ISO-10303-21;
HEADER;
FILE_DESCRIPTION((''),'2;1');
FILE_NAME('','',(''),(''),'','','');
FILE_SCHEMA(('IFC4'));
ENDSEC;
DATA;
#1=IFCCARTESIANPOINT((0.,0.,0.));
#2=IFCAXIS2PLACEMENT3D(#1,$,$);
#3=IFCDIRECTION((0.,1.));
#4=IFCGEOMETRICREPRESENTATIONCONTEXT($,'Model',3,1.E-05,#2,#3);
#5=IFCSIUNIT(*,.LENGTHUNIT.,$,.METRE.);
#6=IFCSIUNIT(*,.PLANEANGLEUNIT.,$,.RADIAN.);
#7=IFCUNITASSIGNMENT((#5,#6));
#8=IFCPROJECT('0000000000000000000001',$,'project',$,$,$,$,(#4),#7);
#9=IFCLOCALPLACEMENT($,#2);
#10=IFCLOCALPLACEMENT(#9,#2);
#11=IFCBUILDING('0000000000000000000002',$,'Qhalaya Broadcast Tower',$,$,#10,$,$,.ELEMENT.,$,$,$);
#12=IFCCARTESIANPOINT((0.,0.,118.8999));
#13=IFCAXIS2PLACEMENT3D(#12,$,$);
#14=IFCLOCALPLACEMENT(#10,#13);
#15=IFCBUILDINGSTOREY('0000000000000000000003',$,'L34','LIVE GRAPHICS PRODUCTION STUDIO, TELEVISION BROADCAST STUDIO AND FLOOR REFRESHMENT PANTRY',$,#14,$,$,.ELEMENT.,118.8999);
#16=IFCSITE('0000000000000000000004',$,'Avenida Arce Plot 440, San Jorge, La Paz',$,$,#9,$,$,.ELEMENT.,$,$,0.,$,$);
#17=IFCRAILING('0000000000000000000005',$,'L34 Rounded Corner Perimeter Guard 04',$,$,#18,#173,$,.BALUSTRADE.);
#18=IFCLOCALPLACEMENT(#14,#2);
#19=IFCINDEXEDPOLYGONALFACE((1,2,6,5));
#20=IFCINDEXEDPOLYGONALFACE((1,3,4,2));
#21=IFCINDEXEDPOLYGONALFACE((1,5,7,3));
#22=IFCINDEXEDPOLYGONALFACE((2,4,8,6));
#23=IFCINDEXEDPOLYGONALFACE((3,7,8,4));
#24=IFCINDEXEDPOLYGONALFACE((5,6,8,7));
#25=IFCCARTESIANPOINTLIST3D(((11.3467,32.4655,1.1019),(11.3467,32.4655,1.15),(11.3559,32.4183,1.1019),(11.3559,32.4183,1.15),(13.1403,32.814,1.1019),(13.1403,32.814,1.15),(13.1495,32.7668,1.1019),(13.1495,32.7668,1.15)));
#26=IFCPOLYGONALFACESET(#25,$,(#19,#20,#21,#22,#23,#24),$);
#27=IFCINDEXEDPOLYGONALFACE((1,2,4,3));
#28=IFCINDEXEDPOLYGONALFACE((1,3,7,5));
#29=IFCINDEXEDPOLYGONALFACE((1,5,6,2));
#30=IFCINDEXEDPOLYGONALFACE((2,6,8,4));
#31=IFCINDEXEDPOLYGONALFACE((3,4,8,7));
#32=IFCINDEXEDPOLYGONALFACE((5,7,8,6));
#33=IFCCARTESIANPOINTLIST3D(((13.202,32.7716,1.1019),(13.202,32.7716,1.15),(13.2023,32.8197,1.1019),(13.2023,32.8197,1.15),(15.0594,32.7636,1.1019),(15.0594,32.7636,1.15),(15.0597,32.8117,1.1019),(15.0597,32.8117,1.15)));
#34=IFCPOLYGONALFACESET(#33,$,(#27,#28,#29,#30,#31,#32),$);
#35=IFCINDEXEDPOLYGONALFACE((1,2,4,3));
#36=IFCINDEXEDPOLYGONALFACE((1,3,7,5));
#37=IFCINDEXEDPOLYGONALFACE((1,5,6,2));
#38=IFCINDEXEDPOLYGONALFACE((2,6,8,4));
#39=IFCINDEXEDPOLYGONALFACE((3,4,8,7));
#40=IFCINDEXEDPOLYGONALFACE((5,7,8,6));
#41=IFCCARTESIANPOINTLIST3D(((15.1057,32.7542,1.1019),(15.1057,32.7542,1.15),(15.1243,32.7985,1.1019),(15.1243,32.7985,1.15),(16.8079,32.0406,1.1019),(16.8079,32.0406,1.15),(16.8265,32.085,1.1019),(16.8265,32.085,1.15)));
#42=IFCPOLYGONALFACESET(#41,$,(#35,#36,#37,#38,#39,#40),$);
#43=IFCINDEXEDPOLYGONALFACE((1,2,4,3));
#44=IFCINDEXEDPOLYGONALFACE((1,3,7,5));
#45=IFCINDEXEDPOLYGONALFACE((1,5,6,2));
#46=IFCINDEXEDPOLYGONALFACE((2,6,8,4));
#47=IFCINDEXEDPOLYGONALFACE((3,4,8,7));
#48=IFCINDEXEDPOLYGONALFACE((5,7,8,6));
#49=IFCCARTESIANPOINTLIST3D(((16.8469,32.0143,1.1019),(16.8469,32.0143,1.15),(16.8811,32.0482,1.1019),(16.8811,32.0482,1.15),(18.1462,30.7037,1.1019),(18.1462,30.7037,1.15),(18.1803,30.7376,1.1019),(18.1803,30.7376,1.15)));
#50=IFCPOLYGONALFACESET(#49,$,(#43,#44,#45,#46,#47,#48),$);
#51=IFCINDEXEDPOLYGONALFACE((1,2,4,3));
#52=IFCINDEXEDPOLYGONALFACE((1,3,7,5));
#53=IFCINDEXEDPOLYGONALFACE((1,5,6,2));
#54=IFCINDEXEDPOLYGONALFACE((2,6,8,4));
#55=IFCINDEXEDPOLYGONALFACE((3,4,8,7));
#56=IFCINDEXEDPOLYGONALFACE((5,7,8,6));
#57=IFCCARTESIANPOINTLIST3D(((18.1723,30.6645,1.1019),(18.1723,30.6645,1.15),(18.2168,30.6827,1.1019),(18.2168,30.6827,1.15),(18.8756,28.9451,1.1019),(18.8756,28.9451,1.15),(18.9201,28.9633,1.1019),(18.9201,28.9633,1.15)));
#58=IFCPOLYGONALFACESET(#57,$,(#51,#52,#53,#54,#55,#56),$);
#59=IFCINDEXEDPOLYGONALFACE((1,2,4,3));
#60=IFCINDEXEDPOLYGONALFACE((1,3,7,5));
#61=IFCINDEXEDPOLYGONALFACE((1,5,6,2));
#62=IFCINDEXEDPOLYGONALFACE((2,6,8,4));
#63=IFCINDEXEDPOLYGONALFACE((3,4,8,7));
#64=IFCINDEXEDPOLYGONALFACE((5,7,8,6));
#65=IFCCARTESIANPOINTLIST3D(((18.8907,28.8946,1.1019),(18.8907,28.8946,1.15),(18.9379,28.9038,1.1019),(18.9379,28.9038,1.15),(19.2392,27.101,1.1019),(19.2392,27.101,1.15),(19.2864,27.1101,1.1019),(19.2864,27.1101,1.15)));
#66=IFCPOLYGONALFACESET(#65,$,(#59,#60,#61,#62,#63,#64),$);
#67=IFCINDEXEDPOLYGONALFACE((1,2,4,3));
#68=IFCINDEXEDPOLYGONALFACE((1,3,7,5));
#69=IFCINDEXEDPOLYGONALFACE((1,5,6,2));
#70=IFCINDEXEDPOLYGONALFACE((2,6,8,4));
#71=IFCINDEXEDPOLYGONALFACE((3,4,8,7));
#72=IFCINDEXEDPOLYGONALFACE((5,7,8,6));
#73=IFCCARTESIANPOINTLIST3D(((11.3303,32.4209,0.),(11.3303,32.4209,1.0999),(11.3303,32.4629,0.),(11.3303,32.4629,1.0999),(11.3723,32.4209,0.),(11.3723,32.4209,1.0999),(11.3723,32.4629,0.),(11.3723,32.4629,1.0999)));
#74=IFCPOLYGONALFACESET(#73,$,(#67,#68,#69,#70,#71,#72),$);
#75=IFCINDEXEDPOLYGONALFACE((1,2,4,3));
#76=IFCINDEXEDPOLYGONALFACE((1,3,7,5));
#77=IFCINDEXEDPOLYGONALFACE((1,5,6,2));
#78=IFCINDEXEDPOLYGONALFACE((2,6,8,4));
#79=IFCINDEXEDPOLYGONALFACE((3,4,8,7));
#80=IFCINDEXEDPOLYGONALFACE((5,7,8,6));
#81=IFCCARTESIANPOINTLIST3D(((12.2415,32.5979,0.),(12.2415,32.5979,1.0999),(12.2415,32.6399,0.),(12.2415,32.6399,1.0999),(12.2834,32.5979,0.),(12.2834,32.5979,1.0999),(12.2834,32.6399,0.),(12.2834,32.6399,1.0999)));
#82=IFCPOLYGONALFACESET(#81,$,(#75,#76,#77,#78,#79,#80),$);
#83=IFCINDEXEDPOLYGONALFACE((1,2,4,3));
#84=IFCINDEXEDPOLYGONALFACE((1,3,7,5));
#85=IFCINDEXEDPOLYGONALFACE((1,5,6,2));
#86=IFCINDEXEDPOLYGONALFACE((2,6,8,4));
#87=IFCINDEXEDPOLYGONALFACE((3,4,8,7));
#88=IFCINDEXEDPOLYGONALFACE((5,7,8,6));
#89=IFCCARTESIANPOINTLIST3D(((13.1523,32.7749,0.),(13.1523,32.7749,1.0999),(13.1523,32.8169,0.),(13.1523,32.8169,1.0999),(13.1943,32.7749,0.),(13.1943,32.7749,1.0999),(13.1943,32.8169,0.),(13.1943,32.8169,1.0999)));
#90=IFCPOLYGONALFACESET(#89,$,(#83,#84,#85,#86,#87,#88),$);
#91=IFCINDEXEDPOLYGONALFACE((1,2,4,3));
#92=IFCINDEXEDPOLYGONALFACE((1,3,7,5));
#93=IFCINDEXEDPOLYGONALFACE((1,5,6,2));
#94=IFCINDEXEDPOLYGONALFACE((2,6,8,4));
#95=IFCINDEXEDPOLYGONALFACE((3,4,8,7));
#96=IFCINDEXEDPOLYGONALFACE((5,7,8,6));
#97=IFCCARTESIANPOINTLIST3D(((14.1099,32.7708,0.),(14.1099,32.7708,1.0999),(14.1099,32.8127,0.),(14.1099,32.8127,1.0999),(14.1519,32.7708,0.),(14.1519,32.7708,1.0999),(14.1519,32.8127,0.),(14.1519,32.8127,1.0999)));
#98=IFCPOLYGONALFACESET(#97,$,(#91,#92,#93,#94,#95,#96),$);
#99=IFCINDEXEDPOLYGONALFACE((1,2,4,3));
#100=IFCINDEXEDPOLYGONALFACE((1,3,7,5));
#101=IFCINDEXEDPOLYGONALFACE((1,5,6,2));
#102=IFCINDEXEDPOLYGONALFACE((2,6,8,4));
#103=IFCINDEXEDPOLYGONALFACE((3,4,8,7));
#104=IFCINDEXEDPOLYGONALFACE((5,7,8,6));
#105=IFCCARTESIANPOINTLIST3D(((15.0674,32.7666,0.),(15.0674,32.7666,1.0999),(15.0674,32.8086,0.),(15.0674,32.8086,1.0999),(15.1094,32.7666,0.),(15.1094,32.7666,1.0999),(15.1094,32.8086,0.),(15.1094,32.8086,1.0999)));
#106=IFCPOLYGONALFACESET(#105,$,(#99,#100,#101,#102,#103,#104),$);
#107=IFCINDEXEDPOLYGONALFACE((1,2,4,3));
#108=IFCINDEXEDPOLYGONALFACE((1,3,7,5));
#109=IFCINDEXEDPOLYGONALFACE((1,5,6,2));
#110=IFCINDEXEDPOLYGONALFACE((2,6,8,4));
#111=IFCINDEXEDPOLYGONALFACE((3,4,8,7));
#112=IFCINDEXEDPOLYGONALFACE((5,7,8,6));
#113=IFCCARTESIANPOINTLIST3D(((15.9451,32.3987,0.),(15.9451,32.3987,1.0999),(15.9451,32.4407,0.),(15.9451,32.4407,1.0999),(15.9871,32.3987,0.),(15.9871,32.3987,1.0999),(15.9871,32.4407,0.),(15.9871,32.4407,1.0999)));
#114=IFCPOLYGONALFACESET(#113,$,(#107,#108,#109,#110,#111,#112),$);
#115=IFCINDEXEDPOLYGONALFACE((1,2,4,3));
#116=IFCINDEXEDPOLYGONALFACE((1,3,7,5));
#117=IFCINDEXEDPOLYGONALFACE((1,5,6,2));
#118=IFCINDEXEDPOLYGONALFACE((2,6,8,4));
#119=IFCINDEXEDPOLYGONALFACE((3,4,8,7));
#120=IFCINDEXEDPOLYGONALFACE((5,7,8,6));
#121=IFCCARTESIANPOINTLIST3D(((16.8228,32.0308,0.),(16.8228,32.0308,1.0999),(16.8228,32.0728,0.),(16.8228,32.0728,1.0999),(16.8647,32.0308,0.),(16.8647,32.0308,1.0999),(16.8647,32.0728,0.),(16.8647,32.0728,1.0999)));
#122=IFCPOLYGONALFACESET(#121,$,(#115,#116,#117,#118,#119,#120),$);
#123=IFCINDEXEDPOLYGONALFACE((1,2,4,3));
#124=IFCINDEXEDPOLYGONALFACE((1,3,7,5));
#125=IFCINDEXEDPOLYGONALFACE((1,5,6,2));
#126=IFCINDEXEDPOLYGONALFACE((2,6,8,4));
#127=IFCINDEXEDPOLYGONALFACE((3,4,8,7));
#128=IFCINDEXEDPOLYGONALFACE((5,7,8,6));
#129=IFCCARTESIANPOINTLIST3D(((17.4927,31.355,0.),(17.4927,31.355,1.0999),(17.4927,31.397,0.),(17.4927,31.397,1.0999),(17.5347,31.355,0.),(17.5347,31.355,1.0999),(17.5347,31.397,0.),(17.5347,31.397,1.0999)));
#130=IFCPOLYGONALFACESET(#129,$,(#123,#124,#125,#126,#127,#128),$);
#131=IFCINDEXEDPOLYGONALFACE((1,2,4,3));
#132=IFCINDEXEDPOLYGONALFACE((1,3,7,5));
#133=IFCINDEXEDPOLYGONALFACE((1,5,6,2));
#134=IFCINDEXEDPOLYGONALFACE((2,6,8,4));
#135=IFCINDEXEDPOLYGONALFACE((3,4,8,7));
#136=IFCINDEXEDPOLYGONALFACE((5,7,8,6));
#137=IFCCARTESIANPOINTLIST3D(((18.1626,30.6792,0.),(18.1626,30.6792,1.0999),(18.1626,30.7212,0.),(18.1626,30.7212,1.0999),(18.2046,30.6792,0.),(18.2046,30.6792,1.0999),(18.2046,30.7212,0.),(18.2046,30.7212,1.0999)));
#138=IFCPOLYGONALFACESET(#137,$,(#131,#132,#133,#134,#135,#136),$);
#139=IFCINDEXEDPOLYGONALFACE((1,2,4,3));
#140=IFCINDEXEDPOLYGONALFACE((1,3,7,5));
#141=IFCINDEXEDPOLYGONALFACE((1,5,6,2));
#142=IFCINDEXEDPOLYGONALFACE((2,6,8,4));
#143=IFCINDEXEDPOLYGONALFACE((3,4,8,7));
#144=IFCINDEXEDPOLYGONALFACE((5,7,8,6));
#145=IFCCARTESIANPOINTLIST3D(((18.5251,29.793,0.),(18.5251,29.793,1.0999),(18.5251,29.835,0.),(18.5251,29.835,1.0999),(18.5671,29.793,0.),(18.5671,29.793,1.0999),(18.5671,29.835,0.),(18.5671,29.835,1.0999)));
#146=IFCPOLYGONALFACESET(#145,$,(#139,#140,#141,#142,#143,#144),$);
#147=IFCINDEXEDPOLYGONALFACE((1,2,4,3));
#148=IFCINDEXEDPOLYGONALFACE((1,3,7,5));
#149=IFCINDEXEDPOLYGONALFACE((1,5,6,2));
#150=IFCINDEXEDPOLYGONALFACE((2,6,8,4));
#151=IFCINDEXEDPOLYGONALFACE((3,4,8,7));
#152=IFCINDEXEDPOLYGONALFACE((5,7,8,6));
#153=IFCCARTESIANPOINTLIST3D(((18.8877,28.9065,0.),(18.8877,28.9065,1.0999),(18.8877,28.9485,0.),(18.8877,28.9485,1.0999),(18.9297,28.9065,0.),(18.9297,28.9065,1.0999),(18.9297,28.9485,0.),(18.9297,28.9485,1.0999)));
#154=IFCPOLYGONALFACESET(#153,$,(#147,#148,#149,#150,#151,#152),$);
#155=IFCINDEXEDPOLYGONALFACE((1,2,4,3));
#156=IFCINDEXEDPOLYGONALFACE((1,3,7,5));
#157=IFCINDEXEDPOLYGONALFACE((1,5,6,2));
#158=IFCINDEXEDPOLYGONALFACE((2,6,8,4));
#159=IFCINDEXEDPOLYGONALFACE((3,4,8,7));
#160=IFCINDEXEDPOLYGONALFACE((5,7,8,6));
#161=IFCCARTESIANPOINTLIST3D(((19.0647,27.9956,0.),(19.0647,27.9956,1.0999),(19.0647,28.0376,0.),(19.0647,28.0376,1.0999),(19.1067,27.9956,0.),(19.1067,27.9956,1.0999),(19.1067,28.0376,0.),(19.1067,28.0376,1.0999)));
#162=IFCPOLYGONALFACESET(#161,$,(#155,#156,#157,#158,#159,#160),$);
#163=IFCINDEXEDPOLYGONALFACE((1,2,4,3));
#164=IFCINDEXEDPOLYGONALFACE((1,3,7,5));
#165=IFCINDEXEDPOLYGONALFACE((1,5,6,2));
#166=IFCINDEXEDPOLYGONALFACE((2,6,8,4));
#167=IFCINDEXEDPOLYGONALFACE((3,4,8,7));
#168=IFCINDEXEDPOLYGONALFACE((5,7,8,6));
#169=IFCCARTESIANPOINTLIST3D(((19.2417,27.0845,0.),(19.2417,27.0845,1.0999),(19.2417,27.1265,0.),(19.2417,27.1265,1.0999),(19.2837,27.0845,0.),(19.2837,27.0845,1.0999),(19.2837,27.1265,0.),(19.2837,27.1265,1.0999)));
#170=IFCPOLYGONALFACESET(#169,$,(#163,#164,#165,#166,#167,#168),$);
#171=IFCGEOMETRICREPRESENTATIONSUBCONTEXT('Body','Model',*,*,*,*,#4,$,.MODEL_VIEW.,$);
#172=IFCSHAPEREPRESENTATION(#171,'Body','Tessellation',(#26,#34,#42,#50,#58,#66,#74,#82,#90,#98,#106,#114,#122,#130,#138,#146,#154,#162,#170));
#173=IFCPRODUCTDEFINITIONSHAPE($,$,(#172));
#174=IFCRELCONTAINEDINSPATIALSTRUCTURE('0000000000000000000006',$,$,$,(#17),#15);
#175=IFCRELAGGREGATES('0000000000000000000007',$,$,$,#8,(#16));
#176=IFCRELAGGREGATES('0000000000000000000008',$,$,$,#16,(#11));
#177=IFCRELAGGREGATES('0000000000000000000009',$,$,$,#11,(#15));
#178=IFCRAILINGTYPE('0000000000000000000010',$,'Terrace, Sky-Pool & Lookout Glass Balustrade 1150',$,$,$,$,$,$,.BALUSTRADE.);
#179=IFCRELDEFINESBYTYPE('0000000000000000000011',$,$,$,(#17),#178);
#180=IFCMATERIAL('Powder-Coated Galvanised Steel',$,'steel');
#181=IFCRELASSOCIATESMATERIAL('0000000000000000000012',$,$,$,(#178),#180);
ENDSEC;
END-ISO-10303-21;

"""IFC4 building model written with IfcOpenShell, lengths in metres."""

from ifc_helpers import new_model, si_unit, direction, frame, origin, origin_2d, place, context, subcontext, project, spatial, rectangle, extrude, material, type_object, element, save


model = new_model("IFC4")

# Units and contexts
model_context = context("Model", 3, precision=1e-05, world=origin(), true_north=direction((0.0, 1.0)))
body_context = subcontext(model_context, "Body", "Model", "MODEL_VIEW")
ifc_project = project(units=[si_unit("LENGTHUNIT", "METRE"), si_unit("PLANEANGLEUNIT", "RADIAN")], contexts=[model_context])

# Site, building, storey
site_placement = place(None, origin())
site = spatial("IfcSite", under=ifc_project, at=site_placement, Name="Avenida Arce Plot 440, San Jorge, La Paz", CompositionType="ELEMENT", RefElevation=0.0)
building_placement = place(site_placement, origin())
building = spatial("IfcBuilding", under=site, at=building_placement, Name="Qhalaya Broadcast Tower", CompositionType="ELEMENT")
storey_placement = place(building_placement, frame((0.0, 0.0, 118.8999)))
storey = spatial("IfcBuildingStorey", under=building, at=storey_placement, Name="L34", Description="LIVE GRAPHICS PRODUCTION STUDIO, TELEVISION BROADCAST STUDIO AND FLOOR REFRESHMENT PANTRY", CompositionType="ELEMENT", Elevation=118.8999)

# Railing
ifc_material_1 = material(Name="Powder-Coated Galvanised Steel", Category="steel")
railing_type = type_object("IfcRailingType", Name="Terrace, Sky-Pool & Lookout Glass Balustrade 1150", PredefinedType="BALUSTRADE", material=ifc_material_1)
railing_placement = place(storey_placement, frame((11.3513, 32.4419, 0.0)))
element("IfcRailing", 1, at=railing_placement, inside=storey, type_object=railing_type, Name="L34 Rounded Corner Perimeter Guard 04", PredefinedType="BALUSTRADE", context=body_context, shape_type="SweptSolid", body=[
    extrude(rectangle(XDim=0.0481, YDim=0.0481, at=origin_2d()), frame((0.0, 0.0, 1.126), z_axis=(0.981643, 0.190725, 0.0), x_axis=(-0.190725, 0.981643, 0.0)), (0.0, 0.0, 1.0), 1.8271),
    extrude(rectangle(XDim=0.0481, YDim=0.0481, at=origin_2d()), frame((1.8508, 0.3538, 1.126), z_axis=(0.999991, -0.004334, 0.0), x_axis=(0.004334, 0.999991, 0.0)), (0.0, 0.0, 1.0), 1.8574),
    extrude(rectangle(XDim=0.0481, YDim=0.0481, at=origin_2d()), frame((3.7637, 0.3345, 1.126), z_axis=(0.922247, -0.3866, 0.0), x_axis=(0.3866, 0.922247, 0.0)), (0.0, 0.0, 1.0), 1.8457),
    extrude(rectangle(XDim=0.0481, YDim=0.0481, at=origin_2d()), frame((5.5127, -0.4106, 1.126), z_axis=(0.704021, -0.710179, 0.0), x_axis=(0.710179, 0.704021, 0.0)), (0.0, 0.0, 1.0), 1.8455),
    extrude(rectangle(XDim=0.0481, YDim=0.0481, at=origin_2d()), frame((6.8433, -1.7683, 1.126), z_axis=(0.378588, -0.925565, 0.0), x_axis=(0.925565, 0.378588, 0.0)), (0.0, 0.0, 1.0), 1.8577),
    extrude(rectangle(XDim=0.0481, YDim=0.0481, at=origin_2d()), frame((7.563, -3.5427, 1.126), z_axis=(0.190725, -0.981643, 0.0), x_axis=(0.981643, 0.190725, 0.0)), (0.0, 0.0, 1.0), 1.8271),
    extrude(rectangle(XDim=0.042, YDim=0.042, at=origin_2d()), origin(), (0.0, 0.0, 1.0), 1.0999),
    extrude(rectangle(XDim=0.042, YDim=0.042, at=origin_2d()), frame((0.9111, 0.177, 0.0)), (0.0, 0.0, 1.0), 1.0999),
    extrude(rectangle(XDim=0.042, YDim=0.042, at=origin_2d()), frame((1.822, 0.354, 0.0)), (0.0, 0.0, 1.0), 1.0999),
    extrude(rectangle(XDim=0.042, YDim=0.042, at=origin_2d()), frame((2.7795, 0.3499, 0.0)), (0.0, 0.0, 1.0), 1.0999),
    extrude(rectangle(XDim=0.042, YDim=0.042, at=origin_2d()), frame((3.7371, 0.3457, 0.0)), (0.0, 0.0, 1.0), 1.0999),
    extrude(rectangle(XDim=0.042, YDim=0.042, at=origin_2d()), frame((4.6147, -0.0222, 0.0)), (0.0, 0.0, 1.0), 1.0999),
    extrude(rectangle(XDim=0.042, YDim=0.042, at=origin_2d()), frame((5.4924, -0.3901, 0.0)), (0.0, 0.0, 1.0), 1.0999),
    extrude(rectangle(XDim=0.042, YDim=0.042, at=origin_2d()), frame((6.1624, -1.0659, 0.0)), (0.0, 0.0, 1.0), 1.0999),
    extrude(rectangle(XDim=0.042, YDim=0.042, at=origin_2d()), frame((6.8323, -1.7417, 0.0)), (0.0, 0.0, 1.0), 1.0999),
    extrude(rectangle(XDim=0.042, YDim=0.042, at=origin_2d()), frame((7.1948, -2.6279, 0.0)), (0.0, 0.0, 1.0), 1.0999),
    extrude(rectangle(XDim=0.042, YDim=0.042, at=origin_2d()), frame((7.5574, -3.5144, 0.0)), (0.0, 0.0, 1.0), 1.0999),
    extrude(rectangle(XDim=0.042, YDim=0.042, at=origin_2d()), frame((7.7344, -4.4253, 0.0)), (0.0, 0.0, 1.0), 1.0999),
    extrude(rectangle(XDim=0.042, YDim=0.042, at=origin_2d()), frame((7.9114, -5.3364, 0.0)), (0.0, 0.0, 1.0), 1.0999),
])

save(model, "model.ifc")
